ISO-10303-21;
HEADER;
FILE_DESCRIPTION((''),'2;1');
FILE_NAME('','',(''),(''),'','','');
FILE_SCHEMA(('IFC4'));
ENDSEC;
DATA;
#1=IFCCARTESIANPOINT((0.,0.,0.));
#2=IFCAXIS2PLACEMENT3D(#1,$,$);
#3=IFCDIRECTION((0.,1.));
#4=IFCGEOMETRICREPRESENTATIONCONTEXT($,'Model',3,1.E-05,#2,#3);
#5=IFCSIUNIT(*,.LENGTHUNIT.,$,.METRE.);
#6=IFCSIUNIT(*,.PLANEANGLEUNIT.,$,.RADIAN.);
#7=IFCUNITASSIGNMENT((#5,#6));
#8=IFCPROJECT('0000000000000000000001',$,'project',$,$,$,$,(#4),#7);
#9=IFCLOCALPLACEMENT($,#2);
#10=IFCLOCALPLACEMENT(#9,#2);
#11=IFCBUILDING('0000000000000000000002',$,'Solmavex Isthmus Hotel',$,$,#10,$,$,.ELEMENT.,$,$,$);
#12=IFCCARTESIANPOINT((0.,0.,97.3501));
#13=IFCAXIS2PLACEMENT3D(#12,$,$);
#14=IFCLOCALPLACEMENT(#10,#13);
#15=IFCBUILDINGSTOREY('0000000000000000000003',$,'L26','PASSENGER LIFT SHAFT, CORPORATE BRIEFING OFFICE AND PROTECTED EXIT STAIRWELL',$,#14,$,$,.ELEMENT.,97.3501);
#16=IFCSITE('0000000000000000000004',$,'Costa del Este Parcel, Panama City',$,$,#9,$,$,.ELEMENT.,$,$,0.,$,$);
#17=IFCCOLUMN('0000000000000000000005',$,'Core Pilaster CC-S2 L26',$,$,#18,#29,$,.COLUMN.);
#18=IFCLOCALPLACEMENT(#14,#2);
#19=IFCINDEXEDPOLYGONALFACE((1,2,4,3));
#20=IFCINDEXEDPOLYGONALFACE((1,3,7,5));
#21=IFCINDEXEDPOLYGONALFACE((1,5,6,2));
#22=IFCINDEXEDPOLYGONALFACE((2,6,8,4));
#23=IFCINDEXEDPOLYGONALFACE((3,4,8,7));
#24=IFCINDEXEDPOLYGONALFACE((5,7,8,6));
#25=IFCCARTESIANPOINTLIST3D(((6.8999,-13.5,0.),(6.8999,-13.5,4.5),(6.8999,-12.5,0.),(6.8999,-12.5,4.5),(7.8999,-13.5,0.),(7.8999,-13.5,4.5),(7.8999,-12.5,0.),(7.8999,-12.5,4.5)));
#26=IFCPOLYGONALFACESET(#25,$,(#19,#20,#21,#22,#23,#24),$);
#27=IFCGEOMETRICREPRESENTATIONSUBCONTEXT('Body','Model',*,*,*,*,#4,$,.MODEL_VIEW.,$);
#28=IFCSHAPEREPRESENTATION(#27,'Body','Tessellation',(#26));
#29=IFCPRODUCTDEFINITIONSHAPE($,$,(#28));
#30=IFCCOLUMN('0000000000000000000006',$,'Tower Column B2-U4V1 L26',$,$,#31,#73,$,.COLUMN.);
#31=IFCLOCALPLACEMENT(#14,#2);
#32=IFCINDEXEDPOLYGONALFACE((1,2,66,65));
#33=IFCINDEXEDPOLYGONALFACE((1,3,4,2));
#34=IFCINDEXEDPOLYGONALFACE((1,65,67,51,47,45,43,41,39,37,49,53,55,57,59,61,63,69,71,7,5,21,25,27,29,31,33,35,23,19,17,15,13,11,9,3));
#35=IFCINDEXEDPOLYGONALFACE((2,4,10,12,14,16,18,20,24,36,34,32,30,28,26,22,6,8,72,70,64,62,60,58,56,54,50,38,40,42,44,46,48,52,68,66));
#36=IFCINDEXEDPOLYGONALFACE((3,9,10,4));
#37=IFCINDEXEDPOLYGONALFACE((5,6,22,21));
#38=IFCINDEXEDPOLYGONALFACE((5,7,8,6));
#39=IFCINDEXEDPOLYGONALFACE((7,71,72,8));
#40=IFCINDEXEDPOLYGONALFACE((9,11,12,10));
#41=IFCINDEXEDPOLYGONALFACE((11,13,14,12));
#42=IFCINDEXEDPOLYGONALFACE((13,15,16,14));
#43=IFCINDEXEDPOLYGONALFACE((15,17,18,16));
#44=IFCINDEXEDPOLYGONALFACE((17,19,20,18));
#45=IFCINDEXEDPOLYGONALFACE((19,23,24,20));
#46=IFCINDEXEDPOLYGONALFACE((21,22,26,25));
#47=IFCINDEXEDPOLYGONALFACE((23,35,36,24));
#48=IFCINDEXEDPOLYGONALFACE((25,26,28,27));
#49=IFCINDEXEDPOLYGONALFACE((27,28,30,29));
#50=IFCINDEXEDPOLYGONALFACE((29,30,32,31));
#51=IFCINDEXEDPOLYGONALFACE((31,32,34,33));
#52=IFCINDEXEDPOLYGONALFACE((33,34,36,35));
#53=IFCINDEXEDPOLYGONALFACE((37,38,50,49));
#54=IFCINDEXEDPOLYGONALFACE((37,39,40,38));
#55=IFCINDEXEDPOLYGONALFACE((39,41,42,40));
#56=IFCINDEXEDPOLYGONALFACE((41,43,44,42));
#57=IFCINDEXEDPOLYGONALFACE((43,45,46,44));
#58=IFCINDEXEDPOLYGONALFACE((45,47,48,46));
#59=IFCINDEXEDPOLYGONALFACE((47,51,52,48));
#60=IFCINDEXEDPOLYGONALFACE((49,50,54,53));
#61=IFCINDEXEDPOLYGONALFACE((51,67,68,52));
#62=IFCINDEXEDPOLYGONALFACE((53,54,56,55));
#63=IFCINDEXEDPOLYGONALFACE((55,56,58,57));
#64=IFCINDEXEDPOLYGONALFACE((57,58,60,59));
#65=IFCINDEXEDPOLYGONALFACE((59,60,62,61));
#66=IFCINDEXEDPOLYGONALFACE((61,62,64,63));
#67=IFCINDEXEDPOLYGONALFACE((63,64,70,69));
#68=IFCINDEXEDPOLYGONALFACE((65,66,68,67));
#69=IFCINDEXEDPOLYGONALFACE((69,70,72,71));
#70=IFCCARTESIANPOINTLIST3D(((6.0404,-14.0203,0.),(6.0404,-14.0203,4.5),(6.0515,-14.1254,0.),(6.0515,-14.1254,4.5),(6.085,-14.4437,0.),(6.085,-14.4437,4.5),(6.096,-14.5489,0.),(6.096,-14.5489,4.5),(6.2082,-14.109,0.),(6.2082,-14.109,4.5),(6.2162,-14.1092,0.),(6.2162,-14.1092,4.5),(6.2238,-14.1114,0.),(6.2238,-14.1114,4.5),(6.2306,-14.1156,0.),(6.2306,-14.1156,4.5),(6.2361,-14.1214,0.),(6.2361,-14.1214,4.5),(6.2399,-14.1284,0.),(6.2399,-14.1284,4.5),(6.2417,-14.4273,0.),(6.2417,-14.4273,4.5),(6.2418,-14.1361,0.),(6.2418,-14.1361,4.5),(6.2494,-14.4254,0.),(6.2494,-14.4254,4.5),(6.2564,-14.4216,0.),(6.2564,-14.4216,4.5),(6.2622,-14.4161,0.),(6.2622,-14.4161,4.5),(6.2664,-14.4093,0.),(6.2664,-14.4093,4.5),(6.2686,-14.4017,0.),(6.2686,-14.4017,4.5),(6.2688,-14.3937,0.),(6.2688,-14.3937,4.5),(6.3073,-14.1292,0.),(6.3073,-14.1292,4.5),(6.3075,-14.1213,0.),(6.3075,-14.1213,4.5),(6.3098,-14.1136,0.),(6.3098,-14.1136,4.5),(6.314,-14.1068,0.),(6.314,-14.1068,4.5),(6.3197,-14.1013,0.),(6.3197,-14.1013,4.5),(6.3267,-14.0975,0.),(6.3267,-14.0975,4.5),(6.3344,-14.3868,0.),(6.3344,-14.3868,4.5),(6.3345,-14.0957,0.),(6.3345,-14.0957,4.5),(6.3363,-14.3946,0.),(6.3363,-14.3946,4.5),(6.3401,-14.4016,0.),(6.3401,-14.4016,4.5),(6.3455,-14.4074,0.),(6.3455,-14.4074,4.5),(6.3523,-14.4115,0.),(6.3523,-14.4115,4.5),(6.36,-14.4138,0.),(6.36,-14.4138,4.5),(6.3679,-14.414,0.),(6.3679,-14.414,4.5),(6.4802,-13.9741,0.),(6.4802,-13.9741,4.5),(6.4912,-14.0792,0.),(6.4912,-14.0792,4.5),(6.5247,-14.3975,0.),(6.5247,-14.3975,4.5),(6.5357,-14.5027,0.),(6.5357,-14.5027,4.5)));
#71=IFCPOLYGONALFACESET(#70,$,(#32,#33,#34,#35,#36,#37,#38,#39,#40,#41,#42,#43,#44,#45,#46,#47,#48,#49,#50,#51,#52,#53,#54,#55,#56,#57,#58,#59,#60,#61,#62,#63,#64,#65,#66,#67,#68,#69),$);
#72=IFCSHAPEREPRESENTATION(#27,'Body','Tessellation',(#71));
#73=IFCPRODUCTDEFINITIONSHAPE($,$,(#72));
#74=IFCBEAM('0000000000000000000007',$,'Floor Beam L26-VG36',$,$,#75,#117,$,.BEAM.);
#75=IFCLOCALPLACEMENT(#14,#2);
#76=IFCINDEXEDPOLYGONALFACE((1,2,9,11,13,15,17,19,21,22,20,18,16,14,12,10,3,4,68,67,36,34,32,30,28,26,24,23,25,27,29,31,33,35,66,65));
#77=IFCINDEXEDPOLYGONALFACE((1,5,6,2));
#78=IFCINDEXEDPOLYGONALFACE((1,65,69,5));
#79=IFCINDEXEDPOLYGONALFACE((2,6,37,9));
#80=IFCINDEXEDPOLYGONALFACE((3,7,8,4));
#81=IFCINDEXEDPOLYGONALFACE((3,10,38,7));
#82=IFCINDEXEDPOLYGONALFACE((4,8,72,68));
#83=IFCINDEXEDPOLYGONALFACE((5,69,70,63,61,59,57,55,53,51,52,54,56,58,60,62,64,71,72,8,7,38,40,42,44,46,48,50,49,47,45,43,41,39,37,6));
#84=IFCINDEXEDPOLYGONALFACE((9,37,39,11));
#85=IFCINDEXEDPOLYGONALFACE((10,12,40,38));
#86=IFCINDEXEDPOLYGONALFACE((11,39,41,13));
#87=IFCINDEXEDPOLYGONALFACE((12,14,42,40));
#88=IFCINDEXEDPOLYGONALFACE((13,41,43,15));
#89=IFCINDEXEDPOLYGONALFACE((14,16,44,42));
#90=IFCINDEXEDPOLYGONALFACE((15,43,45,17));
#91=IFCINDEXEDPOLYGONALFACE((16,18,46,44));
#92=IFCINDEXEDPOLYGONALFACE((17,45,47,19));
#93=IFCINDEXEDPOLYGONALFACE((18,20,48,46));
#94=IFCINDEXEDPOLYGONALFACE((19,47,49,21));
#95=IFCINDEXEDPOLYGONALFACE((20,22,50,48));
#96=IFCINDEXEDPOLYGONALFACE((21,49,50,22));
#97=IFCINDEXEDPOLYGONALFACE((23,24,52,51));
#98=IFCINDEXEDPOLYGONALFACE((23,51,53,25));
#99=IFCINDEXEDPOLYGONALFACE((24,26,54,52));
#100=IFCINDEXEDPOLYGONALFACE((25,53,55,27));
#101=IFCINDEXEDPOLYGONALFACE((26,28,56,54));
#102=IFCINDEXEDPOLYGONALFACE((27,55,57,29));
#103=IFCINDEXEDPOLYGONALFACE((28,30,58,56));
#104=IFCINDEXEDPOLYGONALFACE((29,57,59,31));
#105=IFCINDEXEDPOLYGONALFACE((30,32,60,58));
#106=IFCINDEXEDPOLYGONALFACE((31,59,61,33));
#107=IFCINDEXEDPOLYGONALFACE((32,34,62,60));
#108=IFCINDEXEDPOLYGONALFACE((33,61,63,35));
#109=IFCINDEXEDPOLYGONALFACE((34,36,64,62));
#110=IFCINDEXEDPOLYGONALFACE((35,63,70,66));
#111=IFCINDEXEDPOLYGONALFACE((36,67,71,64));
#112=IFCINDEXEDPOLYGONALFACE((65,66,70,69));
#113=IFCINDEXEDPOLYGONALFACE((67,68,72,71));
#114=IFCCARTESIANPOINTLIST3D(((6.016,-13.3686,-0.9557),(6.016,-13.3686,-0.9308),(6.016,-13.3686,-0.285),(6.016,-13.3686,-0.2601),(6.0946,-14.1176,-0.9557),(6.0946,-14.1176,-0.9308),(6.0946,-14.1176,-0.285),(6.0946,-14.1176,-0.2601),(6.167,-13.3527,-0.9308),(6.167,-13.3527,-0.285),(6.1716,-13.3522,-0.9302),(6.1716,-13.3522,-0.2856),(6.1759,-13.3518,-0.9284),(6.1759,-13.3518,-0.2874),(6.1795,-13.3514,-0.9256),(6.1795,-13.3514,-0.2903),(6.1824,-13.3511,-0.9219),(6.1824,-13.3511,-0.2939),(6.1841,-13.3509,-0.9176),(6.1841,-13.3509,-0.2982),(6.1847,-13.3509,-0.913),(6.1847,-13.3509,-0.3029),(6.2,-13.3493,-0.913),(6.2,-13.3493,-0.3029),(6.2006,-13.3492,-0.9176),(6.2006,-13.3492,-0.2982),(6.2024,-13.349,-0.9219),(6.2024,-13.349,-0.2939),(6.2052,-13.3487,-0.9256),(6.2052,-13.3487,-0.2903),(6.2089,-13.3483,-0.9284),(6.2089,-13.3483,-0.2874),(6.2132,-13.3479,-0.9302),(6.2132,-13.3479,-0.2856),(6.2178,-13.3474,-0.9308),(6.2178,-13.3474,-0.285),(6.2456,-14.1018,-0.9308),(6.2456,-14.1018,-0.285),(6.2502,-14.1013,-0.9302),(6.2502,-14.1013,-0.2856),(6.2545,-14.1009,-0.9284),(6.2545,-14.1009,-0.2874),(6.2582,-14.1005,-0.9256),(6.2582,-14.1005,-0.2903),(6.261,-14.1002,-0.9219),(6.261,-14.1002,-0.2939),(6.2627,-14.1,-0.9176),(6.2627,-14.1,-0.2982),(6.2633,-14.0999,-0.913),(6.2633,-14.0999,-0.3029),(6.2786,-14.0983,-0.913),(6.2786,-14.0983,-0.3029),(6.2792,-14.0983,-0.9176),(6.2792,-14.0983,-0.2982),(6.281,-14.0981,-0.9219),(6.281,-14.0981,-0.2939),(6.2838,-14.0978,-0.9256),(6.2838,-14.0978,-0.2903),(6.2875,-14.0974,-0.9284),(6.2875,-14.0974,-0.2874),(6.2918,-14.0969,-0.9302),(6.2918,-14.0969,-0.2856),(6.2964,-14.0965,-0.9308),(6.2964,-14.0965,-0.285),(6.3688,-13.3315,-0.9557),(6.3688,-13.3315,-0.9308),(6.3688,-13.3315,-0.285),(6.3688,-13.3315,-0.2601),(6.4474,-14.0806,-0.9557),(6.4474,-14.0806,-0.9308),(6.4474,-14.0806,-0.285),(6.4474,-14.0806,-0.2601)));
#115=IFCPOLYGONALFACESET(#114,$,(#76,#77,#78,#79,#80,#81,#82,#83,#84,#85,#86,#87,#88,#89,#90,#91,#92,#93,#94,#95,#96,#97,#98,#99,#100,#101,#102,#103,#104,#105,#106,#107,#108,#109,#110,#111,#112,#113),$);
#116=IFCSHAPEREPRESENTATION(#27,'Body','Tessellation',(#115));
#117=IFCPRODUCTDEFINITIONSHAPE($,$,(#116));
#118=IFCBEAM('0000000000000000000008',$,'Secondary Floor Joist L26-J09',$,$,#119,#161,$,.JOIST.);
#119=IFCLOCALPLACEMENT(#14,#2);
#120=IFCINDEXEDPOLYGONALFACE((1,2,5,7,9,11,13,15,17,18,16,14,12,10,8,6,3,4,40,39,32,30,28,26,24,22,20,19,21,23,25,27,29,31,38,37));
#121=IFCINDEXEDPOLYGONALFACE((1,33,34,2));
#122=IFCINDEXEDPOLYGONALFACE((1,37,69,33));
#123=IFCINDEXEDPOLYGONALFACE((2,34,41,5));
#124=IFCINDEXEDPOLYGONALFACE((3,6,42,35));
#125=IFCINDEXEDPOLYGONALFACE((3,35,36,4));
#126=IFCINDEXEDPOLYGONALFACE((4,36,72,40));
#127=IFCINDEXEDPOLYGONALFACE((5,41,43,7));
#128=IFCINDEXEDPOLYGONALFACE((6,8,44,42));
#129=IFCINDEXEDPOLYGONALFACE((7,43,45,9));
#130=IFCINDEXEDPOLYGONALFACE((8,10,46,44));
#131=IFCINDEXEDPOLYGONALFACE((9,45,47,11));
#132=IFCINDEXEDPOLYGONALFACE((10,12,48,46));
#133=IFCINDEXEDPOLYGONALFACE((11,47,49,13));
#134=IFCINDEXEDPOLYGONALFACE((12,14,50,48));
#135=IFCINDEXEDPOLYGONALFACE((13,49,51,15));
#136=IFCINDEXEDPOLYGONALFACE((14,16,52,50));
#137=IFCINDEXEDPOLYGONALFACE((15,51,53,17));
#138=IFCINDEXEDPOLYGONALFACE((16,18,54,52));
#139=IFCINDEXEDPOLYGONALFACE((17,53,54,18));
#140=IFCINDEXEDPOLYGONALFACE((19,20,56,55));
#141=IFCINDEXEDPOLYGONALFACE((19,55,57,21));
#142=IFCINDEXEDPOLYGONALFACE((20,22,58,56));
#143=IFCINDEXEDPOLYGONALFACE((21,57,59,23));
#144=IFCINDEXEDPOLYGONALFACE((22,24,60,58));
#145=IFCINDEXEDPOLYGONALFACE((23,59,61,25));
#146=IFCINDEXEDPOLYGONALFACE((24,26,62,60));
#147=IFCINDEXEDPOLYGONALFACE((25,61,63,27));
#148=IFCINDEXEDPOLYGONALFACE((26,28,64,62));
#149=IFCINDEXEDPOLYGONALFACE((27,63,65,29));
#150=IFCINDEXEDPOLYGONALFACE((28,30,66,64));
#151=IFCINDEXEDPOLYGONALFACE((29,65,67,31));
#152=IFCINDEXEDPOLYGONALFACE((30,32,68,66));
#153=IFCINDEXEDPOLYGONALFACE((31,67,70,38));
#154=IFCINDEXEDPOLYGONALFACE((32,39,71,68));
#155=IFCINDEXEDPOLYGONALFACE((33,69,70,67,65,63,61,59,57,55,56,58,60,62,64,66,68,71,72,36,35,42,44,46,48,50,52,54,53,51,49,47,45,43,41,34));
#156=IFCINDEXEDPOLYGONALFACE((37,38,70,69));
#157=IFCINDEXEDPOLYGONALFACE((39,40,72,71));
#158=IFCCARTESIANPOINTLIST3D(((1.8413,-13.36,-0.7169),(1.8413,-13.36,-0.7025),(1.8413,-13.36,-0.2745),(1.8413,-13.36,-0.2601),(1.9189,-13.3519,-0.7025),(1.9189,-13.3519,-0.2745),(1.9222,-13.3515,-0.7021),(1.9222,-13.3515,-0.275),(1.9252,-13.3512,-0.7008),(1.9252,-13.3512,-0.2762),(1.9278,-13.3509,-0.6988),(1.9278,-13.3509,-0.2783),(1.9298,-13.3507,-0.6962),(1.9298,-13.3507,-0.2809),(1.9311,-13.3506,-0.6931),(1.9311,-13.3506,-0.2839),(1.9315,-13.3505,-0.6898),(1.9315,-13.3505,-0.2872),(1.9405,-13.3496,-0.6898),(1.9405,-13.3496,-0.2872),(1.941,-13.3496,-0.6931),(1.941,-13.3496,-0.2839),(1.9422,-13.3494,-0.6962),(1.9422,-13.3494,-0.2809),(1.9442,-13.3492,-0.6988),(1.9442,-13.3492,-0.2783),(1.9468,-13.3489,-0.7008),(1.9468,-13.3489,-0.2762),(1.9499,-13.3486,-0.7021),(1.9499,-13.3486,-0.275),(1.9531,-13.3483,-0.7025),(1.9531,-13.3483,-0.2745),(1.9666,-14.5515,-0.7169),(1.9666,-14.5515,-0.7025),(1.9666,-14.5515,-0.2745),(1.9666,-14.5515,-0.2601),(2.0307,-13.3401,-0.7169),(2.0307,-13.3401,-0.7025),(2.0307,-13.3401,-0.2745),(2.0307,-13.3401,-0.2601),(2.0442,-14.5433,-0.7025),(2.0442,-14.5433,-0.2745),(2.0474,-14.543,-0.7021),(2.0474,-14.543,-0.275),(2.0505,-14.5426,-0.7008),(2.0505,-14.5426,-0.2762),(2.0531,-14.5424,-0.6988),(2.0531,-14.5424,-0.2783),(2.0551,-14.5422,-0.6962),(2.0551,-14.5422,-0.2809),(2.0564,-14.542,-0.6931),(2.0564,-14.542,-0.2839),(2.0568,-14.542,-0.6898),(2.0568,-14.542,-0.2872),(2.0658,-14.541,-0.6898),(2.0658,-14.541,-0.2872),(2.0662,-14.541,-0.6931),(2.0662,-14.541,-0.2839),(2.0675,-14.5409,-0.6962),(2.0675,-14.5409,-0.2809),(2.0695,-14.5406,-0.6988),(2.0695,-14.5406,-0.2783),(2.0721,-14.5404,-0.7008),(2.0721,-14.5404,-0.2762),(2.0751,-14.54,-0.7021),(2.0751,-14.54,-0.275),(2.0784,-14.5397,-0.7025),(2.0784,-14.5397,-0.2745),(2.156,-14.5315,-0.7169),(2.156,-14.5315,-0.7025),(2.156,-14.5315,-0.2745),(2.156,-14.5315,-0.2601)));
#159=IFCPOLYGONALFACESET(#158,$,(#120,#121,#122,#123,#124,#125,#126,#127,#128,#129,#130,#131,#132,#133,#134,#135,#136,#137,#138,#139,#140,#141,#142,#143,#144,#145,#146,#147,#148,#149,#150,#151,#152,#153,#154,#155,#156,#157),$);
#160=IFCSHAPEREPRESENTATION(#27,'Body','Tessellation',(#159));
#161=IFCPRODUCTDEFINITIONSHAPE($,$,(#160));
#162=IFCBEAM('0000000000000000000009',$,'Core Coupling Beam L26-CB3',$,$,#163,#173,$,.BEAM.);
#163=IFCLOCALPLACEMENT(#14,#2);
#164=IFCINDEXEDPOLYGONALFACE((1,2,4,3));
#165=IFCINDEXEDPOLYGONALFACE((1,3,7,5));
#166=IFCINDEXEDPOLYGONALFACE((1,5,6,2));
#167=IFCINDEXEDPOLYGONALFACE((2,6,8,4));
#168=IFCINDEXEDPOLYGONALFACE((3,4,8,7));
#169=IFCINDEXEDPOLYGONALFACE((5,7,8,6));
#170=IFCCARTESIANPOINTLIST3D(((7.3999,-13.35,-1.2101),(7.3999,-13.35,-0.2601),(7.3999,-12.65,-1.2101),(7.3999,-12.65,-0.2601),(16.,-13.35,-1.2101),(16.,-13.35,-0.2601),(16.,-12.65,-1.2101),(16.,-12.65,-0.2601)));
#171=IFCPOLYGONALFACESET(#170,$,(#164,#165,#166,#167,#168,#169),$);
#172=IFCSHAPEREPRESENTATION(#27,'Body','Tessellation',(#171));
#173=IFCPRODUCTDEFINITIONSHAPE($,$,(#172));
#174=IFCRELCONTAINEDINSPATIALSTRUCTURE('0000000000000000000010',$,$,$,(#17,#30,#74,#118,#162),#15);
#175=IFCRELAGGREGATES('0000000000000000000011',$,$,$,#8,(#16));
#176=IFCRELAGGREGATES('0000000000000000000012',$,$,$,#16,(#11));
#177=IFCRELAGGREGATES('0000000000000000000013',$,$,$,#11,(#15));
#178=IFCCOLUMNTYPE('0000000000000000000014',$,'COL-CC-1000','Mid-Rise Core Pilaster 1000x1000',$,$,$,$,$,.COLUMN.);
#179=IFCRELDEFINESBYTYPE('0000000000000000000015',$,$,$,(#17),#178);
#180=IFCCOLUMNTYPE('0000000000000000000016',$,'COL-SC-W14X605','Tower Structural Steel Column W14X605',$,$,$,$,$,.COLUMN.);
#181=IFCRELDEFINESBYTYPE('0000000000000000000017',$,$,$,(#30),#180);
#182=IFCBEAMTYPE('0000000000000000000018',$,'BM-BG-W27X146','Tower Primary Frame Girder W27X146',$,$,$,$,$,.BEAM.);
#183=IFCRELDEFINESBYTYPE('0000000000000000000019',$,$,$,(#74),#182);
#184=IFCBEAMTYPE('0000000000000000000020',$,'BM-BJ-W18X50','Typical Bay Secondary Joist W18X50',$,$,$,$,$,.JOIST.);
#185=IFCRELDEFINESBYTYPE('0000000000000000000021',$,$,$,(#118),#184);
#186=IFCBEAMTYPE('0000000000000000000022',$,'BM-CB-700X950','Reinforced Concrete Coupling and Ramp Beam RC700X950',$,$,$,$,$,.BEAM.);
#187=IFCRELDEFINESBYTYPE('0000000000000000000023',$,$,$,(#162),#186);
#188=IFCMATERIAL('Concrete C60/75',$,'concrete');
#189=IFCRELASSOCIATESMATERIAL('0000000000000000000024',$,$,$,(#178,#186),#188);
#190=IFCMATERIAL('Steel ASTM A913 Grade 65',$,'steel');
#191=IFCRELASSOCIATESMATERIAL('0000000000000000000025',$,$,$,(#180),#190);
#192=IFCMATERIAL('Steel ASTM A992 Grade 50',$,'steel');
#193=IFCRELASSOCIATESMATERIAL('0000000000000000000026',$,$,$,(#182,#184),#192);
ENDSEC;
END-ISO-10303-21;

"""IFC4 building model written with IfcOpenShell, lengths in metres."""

from ifc_helpers import new_model, si_unit, direction, frame, origin, origin_2d, place, context, subcontext, project, spatial, rectangle, i_section, extrude, material, material_profile, profile_set, type_object, element, save


model = new_model("IFC4")

# Units and contexts
model_context = context("Model", 3, precision=1e-05, world=origin(), true_north=direction((0.0, 1.0)))
body_context = subcontext(model_context, "Body", "Model", "MODEL_VIEW")
ifc_project = project(units=[si_unit("LENGTHUNIT", "METRE"), si_unit("PLANEANGLEUNIT", "RADIAN")], contexts=[model_context])

# Site, building, storey
site_placement = place(None, origin())
site = spatial("IfcSite", under=ifc_project, at=site_placement, Name="Costa del Este Parcel, Panama City", CompositionType="ELEMENT", RefElevation=0.0)
building_placement = place(site_placement, origin())
building = spatial("IfcBuilding", under=site, at=building_placement, Name="Solmavex Isthmus Hotel", CompositionType="ELEMENT")
storey_placement = place(building_placement, frame((0.0, 0.0, 97.3501)))
storey = spatial("IfcBuildingStorey", under=building, at=storey_placement, Name="L26", Description="PASSENGER LIFT SHAFT, CORPORATE BRIEFING OFFICE AND PROTECTED EXIT STAIRWELL", CompositionType="ELEMENT", Elevation=97.3501)

# Columns
ifc_material_1 = material(Name="Concrete C60/75", Category="concrete")
ifc_material_profile_1 = material_profile(ifc_material_1, rectangle(XDim=1.0, YDim=1.0, at=origin_2d()), Name="RC1000X1000")
ifc_profile_set_1 = profile_set([ifc_material_profile_1], Name="Concrete C60/75")
column_type_1 = type_object("IfcColumnType", Name="COL-CC-1000", Description="Mid-Rise Core Pilaster 1000x1000", PredefinedType="COLUMN", material=ifc_profile_set_1)
column_1_placement = place(storey_placement, frame((7.3999, -13.0, 0.0), z_axis=(0.0, 0.0, 1.0), x_axis=(1.0, 0.0, 0.0)))
element("IfcColumn", 1, at=column_1_placement, inside=storey, type_object=column_type_1, Name="Core Pilaster CC-S2 L26", PredefinedType="COLUMN", context=body_context, shape_type="SweptSolid", body=[
    extrude(rectangle(XDim=1.0, YDim=1.0, at=origin_2d()), origin(), (0.0, 0.0, 1.0), 4.5),
])
ifc_material_2 = material(Name="Steel ASTM A913 Grade 65", Category="steel")
ifc_material_profile_2 = material_profile(ifc_material_2, i_section(OverallWidth=0.4421, OverallDepth=0.5315, WebThickness=0.0659, FlangeThickness=0.1057, FilletRadius=0.0305, at=origin_2d()), Name="W14X605")
ifc_profile_set_2 = profile_set([ifc_material_profile_2], Name="Steel ASTM A913 Grade 65")
column_type_2 = type_object("IfcColumnType", Name="COL-SC-W14X605", Description="Tower Structural Steel Column W14X605", PredefinedType="COLUMN", material=ifc_profile_set_2)
column_2_placement = place(storey_placement, frame((6.2881, -14.2615, 0.0), z_axis=(0.0, 0.0, 1.0), x_axis=(0.994522, 0.104528, 0.0)))
element("IfcColumn", 2, at=column_2_placement, inside=storey, type_object=column_type_2, Name="Tower Column B2-U4V1 L26", PredefinedType="COLUMN", context=body_context, shape_type="SweptSolid", body=[
    extrude(i_section(OverallWidth=0.4421, OverallDepth=0.5315, WebThickness=0.0659, FlangeThickness=0.1057, FilletRadius=0.0305, at=origin_2d()), origin(), (0.0, 0.0, 1.0), 4.5),
])

# Beams
ifc_material_3 = material(Name="Steel ASTM A992 Grade 50", Category="steel")
ifc_material_profile_3 = material_profile(ifc_material_3, i_section(OverallWidth=0.3547, OverallDepth=0.6956, WebThickness=0.0154, FlangeThickness=0.0249, FilletRadius=0.0178, at=origin_2d()), Name="W27X146")
ifc_profile_set_3 = profile_set([ifc_material_profile_3], Name="Steel ASTM A992 Grade 50")
beam_type_1 = type_object("IfcBeamType", Name="BM-BG-W27X146", Description="Tower Primary Frame Girder W27X146", PredefinedType="BEAM", material=ifc_profile_set_3)
beam_1_placement = place(storey_placement, frame((6.271, -14.0991, -0.6079), z_axis=(-0.104381, 0.994537, 0.0), x_axis=(-0.994537, -0.104381, 0.0)))
element("IfcBeam", 3, at=beam_1_placement, inside=storey, type_object=beam_type_1, Name="Floor Beam L26-VG36", PredefinedType="BEAM", context=body_context, shape_type="SweptSolid", body=[
    extrude(i_section(OverallWidth=0.3547, OverallDepth=0.6956, WebThickness=0.0154, FlangeThickness=0.0249, FilletRadius=0.0178, at=origin_2d()), origin(), (0.0, 0.0, 1.0), 0.7532),
])
ifc_material_profile_4 = material_profile(ifc_material_3, i_section(OverallWidth=0.1904, OverallDepth=0.4568, WebThickness=0.009, FlangeThickness=0.0144, FilletRadius=0.0127, at=origin_2d()), Name="W18X50")
ifc_profile_set_4 = profile_set([ifc_material_profile_4], Name="Steel ASTM A992 Grade 50")
beam_type_2 = type_object("IfcBeamType", Name="BM-BJ-W18X50", Description="Typical Bay Secondary Joist W18X50", PredefinedType="JOIST", material=ifc_profile_set_4)
beam_2_placement = place(storey_placement, frame((2.0613, -14.5415, -0.4885), z_axis=(-0.104547, 0.99452, 0.0), x_axis=(-0.99452, -0.104547, 0.0)))
element("IfcBeam", 4, at=beam_2_placement, inside=storey, type_object=beam_type_2, Name="Secondary Floor Joist L26-J09", PredefinedType="JOIST", context=body_context, shape_type="SweptSolid", body=[
    extrude(i_section(OverallWidth=0.1904, OverallDepth=0.4568, WebThickness=0.009, FlangeThickness=0.0144, FilletRadius=0.0127, at=origin_2d()), origin(), (0.0, 0.0, 1.0), 1.198),
])
ifc_material_profile_5 = material_profile(ifc_material_1, rectangle(XDim=0.7, YDim=0.95, at=origin_2d()), Name="RC700X950")
ifc_profile_set_5 = profile_set([ifc_material_profile_5], Name="Concrete C60/75")
beam_type_3 = type_object("IfcBeamType", Name="BM-CB-700X950", Description="Reinforced Concrete Coupling and Ramp Beam RC700X950", PredefinedType="BEAM", material=ifc_profile_set_5)
beam_3_placement = place(storey_placement, frame((7.3999, -13.0, -0.7351), z_axis=(1.0, 0.0, 0.0), x_axis=(0.0, 1.0, 0.0)))
element("IfcBeam", 5, at=beam_3_placement, inside=storey, type_object=beam_type_3, Name="Core Coupling Beam L26-CB3", PredefinedType="BEAM", context=body_context, shape_type="SweptSolid", body=[
    extrude(rectangle(XDim=0.7, YDim=0.95, at=origin_2d()), origin(), (0.0, 0.0, 1.0), 8.6001),
])

save(model, "model.ifc")
